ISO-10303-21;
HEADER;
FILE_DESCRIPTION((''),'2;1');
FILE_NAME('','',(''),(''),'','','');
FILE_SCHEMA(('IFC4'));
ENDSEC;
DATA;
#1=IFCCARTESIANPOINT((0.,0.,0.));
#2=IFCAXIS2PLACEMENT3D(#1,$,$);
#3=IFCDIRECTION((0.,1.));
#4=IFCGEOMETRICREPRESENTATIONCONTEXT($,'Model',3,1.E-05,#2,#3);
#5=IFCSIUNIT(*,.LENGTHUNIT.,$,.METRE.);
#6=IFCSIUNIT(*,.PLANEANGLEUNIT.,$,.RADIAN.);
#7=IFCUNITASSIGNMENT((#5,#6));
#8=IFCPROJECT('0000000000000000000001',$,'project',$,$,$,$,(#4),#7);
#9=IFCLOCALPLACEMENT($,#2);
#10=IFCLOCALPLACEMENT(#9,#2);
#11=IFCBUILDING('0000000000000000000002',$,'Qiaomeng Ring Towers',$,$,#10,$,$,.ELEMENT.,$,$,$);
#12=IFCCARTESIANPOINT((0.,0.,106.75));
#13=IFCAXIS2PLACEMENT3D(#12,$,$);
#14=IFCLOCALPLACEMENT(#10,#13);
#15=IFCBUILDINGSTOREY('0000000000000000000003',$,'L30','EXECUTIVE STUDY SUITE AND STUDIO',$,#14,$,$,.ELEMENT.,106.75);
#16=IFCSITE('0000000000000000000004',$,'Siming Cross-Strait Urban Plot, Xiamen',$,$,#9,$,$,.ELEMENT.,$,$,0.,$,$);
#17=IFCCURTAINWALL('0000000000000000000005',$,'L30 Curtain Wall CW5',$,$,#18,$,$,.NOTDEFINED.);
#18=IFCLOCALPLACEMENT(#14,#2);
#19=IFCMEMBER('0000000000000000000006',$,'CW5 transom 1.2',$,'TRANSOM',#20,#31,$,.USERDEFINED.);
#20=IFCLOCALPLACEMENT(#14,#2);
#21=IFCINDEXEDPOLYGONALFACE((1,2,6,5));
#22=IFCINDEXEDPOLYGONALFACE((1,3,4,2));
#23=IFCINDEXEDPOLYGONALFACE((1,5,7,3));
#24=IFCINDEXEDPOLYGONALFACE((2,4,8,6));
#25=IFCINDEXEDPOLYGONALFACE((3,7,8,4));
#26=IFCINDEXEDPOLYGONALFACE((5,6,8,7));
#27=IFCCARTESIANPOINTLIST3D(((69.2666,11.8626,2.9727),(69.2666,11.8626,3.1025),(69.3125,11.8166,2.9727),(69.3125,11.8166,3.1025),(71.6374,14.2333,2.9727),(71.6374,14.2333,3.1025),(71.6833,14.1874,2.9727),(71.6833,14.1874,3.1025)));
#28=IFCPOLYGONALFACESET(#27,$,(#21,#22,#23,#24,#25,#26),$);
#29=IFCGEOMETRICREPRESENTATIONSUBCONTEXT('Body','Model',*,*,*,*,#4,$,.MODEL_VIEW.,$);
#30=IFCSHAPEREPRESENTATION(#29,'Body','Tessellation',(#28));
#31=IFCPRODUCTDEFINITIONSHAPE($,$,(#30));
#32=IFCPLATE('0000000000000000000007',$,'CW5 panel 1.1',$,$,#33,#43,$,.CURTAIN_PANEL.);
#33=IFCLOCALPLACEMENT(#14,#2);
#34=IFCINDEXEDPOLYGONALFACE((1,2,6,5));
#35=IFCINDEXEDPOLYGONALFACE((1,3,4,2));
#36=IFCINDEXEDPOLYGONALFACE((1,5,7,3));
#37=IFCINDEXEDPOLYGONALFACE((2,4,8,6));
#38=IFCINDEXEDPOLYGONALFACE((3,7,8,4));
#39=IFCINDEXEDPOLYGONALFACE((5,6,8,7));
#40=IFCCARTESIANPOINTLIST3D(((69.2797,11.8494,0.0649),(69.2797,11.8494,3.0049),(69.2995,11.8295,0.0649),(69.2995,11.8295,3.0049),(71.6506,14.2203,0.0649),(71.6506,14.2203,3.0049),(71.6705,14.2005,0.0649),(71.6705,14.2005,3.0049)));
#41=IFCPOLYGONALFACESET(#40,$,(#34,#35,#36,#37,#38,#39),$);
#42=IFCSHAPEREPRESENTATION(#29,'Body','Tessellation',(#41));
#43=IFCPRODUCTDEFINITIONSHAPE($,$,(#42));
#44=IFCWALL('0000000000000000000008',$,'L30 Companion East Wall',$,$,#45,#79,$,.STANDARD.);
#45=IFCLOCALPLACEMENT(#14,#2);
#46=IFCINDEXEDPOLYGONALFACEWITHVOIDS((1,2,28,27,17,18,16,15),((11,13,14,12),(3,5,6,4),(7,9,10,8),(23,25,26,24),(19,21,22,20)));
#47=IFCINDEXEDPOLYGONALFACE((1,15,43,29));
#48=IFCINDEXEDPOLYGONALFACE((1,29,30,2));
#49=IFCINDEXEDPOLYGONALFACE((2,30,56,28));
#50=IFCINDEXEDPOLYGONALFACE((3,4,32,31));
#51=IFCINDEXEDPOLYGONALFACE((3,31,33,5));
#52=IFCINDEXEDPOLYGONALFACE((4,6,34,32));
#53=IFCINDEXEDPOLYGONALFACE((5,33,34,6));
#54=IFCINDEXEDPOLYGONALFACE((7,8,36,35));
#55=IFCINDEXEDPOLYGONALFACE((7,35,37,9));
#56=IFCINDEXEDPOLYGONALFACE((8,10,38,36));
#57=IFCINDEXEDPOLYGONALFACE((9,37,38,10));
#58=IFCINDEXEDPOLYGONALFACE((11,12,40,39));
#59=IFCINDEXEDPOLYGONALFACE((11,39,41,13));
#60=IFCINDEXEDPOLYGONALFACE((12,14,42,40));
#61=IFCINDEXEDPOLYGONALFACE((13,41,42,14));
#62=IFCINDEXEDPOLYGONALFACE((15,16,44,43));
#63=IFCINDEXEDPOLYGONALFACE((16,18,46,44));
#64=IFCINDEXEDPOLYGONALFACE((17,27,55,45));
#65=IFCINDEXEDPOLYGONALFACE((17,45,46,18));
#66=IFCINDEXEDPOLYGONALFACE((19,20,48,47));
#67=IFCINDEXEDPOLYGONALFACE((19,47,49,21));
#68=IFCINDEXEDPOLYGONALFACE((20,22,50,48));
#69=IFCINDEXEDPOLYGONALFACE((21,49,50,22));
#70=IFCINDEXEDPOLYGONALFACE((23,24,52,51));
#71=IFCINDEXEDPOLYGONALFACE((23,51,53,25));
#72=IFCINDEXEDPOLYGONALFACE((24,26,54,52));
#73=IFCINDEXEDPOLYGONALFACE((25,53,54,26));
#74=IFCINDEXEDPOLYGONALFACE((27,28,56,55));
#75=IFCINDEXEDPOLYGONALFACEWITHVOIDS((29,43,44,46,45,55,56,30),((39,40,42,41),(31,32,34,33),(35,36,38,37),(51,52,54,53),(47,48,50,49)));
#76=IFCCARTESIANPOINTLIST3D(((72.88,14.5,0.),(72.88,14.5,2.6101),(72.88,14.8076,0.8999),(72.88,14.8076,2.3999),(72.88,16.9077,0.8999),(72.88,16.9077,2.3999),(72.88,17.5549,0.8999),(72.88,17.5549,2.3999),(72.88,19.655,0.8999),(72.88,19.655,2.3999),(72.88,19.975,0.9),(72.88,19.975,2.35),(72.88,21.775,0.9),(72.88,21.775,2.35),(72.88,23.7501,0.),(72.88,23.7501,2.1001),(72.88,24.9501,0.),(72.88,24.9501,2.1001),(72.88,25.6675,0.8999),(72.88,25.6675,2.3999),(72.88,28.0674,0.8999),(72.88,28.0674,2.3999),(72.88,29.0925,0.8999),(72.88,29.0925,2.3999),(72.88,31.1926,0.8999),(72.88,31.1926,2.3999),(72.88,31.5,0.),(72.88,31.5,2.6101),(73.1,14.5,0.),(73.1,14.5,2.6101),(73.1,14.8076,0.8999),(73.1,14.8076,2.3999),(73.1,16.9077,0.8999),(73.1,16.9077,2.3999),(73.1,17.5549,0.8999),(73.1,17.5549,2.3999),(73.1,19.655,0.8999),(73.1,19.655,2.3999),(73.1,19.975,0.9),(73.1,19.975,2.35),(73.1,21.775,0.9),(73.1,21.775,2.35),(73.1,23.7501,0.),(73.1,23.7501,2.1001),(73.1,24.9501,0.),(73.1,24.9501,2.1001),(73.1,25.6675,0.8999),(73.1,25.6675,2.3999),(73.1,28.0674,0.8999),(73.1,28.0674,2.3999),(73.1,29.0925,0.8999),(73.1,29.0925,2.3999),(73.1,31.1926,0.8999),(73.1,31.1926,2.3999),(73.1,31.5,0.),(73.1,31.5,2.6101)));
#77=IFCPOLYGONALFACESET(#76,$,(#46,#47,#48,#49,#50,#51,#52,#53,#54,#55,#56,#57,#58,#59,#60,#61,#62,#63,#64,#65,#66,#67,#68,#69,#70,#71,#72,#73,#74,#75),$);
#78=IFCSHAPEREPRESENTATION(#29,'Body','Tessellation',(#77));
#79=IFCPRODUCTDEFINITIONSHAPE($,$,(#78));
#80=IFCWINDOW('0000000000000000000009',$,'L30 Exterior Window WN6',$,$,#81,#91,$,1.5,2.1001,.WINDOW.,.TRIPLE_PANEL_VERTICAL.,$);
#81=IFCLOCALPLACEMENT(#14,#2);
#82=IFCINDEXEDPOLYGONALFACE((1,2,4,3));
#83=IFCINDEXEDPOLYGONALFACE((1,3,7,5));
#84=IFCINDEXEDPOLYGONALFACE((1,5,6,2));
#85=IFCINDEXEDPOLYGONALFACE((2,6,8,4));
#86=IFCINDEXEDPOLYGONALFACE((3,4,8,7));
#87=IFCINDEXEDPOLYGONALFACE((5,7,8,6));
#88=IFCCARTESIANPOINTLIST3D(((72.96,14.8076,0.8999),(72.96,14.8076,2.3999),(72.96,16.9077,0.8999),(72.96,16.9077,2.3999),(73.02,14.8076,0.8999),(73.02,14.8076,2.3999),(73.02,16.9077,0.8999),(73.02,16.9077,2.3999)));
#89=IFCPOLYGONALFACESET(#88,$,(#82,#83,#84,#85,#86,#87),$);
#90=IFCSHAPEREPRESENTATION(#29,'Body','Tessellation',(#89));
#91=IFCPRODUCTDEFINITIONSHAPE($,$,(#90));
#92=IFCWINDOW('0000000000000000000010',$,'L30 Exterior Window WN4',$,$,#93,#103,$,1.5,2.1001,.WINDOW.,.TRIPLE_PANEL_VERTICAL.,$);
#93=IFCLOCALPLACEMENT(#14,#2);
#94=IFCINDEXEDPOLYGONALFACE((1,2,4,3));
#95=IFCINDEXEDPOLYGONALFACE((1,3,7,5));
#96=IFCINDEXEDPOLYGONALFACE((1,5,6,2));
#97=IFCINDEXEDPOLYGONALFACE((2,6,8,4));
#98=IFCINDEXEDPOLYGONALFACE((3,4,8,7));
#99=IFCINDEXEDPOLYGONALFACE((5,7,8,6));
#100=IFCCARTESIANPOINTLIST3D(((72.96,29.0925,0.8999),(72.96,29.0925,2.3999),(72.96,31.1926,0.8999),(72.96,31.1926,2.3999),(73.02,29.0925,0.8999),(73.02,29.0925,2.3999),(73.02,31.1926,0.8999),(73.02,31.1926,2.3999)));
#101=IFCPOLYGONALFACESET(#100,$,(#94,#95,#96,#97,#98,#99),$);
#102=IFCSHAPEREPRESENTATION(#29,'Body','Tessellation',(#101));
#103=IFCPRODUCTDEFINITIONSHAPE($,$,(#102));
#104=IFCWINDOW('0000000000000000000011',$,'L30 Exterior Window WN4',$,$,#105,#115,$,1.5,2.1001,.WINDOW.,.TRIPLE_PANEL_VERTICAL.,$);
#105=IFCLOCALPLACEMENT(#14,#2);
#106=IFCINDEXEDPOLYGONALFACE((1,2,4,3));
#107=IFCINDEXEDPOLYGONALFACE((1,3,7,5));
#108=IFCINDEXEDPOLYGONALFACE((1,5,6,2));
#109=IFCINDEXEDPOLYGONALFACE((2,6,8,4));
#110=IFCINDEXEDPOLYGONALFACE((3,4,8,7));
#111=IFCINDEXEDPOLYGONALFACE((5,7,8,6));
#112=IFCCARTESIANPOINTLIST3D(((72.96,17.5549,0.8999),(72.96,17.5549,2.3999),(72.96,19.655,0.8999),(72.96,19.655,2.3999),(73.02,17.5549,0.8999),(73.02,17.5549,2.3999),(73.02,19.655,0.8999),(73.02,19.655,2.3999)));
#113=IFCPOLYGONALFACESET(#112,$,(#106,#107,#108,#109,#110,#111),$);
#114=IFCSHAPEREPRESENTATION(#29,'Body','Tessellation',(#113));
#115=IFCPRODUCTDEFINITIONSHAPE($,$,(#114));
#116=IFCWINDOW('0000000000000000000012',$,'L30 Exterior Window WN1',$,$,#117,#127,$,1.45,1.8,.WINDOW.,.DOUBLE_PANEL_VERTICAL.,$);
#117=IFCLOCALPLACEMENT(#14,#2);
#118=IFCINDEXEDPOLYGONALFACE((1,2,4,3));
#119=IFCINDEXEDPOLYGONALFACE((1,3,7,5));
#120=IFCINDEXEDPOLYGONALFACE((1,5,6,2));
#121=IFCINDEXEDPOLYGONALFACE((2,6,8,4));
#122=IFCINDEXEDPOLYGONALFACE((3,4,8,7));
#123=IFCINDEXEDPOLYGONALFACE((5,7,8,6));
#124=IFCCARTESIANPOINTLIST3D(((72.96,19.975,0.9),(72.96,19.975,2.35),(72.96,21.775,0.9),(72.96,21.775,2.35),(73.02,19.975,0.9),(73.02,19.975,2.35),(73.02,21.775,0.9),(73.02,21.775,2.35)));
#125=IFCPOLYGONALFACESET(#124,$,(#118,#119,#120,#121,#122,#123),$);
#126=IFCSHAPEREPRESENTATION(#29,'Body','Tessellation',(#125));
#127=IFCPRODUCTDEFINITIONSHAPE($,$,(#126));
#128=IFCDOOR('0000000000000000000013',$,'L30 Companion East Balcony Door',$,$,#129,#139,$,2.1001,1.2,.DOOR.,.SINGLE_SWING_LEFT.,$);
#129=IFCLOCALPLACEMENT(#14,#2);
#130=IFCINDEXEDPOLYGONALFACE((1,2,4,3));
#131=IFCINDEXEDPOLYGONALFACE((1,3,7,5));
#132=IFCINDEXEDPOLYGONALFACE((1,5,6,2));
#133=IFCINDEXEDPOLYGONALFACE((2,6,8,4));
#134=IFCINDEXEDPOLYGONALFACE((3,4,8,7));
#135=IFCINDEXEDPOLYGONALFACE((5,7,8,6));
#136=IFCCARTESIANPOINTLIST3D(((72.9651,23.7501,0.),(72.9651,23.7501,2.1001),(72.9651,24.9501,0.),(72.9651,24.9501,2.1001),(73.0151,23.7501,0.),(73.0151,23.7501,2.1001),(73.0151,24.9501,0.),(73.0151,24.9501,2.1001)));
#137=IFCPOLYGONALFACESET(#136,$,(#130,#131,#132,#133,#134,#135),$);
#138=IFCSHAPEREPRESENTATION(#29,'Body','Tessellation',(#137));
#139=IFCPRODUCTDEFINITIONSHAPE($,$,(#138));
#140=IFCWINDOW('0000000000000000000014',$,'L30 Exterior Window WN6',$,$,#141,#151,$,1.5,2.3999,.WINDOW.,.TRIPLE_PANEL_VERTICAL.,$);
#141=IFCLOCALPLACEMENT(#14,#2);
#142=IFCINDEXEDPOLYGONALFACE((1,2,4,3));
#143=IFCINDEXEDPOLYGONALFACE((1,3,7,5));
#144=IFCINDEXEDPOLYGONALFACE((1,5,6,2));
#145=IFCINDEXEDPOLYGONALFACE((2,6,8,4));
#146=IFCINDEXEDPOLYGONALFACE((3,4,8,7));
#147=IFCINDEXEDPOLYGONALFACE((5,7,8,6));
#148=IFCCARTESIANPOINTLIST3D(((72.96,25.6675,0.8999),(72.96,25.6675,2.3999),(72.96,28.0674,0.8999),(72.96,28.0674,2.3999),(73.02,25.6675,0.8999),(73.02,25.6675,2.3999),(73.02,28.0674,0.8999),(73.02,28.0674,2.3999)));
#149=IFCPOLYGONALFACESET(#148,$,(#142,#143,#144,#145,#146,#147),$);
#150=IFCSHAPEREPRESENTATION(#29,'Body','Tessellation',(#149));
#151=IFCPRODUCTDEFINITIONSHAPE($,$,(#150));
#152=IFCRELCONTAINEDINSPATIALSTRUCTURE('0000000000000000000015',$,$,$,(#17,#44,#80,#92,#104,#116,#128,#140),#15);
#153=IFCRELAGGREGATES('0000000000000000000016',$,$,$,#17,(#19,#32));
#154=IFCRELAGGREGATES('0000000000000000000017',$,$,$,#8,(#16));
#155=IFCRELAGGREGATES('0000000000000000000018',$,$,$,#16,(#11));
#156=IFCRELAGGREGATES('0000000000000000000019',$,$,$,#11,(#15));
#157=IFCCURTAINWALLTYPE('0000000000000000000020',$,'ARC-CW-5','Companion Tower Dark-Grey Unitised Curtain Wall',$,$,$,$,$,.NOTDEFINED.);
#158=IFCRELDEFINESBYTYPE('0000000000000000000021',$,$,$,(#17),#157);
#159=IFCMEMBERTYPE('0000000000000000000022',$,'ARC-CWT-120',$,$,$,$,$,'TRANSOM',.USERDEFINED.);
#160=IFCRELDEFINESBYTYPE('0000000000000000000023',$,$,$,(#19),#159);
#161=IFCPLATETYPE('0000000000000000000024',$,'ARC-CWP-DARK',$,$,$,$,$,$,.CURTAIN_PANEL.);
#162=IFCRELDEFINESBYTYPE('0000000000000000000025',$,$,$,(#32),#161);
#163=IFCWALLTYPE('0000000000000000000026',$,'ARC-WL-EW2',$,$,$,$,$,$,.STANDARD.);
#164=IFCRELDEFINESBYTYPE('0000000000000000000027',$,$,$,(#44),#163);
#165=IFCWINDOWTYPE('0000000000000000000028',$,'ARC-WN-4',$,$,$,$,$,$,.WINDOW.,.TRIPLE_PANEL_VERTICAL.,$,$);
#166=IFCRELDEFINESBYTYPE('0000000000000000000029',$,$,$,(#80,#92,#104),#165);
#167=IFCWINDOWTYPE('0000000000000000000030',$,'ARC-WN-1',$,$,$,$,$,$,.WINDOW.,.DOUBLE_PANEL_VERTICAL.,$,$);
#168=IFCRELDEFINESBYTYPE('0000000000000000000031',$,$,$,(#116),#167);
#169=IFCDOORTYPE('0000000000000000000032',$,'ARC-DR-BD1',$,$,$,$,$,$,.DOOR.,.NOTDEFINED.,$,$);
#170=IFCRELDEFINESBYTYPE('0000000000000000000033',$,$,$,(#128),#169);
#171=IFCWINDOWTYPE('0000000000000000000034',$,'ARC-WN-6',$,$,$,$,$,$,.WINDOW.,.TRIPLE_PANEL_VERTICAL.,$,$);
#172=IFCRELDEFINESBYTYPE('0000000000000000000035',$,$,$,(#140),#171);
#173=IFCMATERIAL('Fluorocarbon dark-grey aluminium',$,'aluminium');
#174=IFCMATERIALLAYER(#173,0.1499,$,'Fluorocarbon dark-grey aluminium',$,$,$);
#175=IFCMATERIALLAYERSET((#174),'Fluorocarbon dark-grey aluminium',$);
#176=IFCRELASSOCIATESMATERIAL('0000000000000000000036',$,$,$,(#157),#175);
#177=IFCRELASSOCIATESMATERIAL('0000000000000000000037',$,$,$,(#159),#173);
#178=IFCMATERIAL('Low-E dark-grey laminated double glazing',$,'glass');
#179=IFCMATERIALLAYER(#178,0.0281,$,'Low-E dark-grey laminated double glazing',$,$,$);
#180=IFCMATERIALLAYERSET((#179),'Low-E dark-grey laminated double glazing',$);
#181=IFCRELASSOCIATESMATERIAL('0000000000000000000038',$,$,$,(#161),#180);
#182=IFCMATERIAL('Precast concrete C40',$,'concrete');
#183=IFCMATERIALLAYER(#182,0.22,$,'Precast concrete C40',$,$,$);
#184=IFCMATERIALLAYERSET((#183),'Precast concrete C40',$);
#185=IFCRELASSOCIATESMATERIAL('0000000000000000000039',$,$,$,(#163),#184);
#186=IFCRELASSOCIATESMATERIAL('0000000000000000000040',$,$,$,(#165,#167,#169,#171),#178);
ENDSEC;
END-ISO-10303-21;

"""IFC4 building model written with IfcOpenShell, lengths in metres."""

from ifc_helpers import new_model, si_unit, direction, frame, frame_2d, origin, origin_2d, place, context, subcontext, project, spatial, rectangle, extrude, source, transform, mapped, material, layer, layer_set, material_profile, profile_set, type_object, element, fill, aggregate, save


model = new_model("IFC4")

# Units and contexts
model_context = context("Model", 3, precision=1e-05, world=origin(), true_north=direction((0.0, 1.0)))
body_context = subcontext(model_context, "Body", "Model", "MODEL_VIEW")
ifc_project = project(units=[si_unit("LENGTHUNIT", "METRE"), si_unit("PLANEANGLEUNIT", "RADIAN")], contexts=[model_context])

# Site, building, storey
site_placement = place(None, origin())
site = spatial("IfcSite", under=ifc_project, at=site_placement, Name="Siming Cross-Strait Urban Plot, Xiamen", CompositionType="ELEMENT", RefElevation=0.0)
building_placement = place(site_placement, origin())
building = spatial("IfcBuilding", under=site, at=building_placement, Name="Qiaomeng Ring Towers", CompositionType="ELEMENT")
storey_placement = place(building_placement, frame((0.0, 0.0, 106.75)))
storey = spatial("IfcBuildingStorey", under=building, at=storey_placement, Name="L30", Description="EXECUTIVE STUDY SUITE AND STUDIO", CompositionType="ELEMENT", Elevation=106.75)

# Curtain wall
ifc_material_1 = material(Name="Fluorocarbon dark-grey aluminium", Category="aluminium")
ifc_layer_1 = layer(ifc_material_1, 0.1499, Name="Fluorocarbon dark-grey aluminium")
ifc_layer_set_1 = layer_set([ifc_layer_1], Name="Fluorocarbon dark-grey aluminium")
curtain_wall_type = type_object("IfcCurtainWallType", Name="ARC-CW-5", Description="Companion Tower Dark-Grey Unitised Curtain Wall", PredefinedType="NOTDEFINED", material=ifc_layer_set_1)
curtain_wall_1_placement = place(storey_placement, origin())
curtain_wall_1 = element("IfcCurtainWall", 1, at=curtain_wall_1_placement, inside=storey, type_object=curtain_wall_type, Name="L30 Curtain Wall CW5", PredefinedType="NOTDEFINED")

# Member
ifc_material_profile_1 = material_profile(ifc_material_1, rectangle(XDim=0.0649, YDim=0.1299, at=origin_2d()), Name="ALU TRAN 65x130")
ifc_profile_set_1 = profile_set([ifc_material_profile_1], Name="Fluorocarbon dark-grey aluminium")
member_type_1 = type_object("IfcMemberType", Name="ARC-CWT-120", ElementType="TRANSOM", PredefinedType="USERDEFINED", material=ifc_profile_set_1)
shared_shape_1 = source(origin(), body_context, "Body", "SweptSolid", [
    extrude(rectangle(XDim=0.0649, YDim=0.1299, at=origin_2d()), origin(), (0.0, 0.0, 1.0), 3.3528),
])
member_1_placement = place(storey_placement, frame((69.2896, 11.8396, 3.0376), z_axis=(0.707107, 0.707107, 0.0), x_axis=(-0.707107, 0.707107, 0.0)))
member_1 = element("IfcMember", 2, at=member_1_placement, type_object=member_type_1, Name="CW5 transom 1.2", ObjectType="TRANSOM", PredefinedType="USERDEFINED", context=body_context, shape_type="MappedRepresentation", body=[
    mapped(shared_shape_1, transform((0.0, 0.0, 0.0), x_axis=(1.0, 0.0, 0.0), y_axis=(0.0, 1.0, 0.0), z_axis=(0.0, 0.0, 1.0), scale=1.0)),
])

# Plate
ifc_material_2 = material(Name="Low-E dark-grey laminated double glazing", Category="glass")
ifc_layer_2 = layer(ifc_material_2, 0.0281, Name="Low-E dark-grey laminated double glazing")
ifc_layer_set_2 = layer_set([ifc_layer_2], Name="Low-E dark-grey laminated double glazing")
plate_type = type_object("IfcPlateType", Name="ARC-CWP-DARK", PredefinedType="CURTAIN_PANEL", material=ifc_layer_set_2)
shared_shape_2 = source(origin(), body_context, "Body", "SweptSolid", [
    extrude(rectangle(XDim=3.353, YDim=0.0281, at=origin_2d()), origin(), (0.0, 0.0, 1.0), 2.9399),
])
plate_placement = place(storey_placement, frame((70.4751, 13.0249, 0.0649), z_axis=(0.0, 0.0, 1.0), x_axis=(0.707107, 0.707107, 0.0)))
plate = element("IfcPlate", 3, at=plate_placement, type_object=plate_type, Name="CW5 panel 1.1", PredefinedType="CURTAIN_PANEL", context=body_context, shape_type="MappedRepresentation", body=[
    mapped(shared_shape_2, transform((0.0, 0.0, 0.0), x_axis=(1.0, 0.0, 0.0), y_axis=(0.0, 1.0, 0.0), z_axis=(0.0, 0.0, 1.0), scale=1.0)),
])
aggregate(curtain_wall_1, [member_1, plate])

# Wall, openings, windows, door
ifc_material_3 = material(Name="Precast concrete C40", Category="concrete")
ifc_layer_3 = layer(ifc_material_3, 0.22, Name="Precast concrete C40")
ifc_layer_set_3 = layer_set([ifc_layer_3], Name="Precast concrete C40")
wall_type_1 = type_object("IfcWallType", Name="ARC-WL-EW2", PredefinedType="STANDARD", material=ifc_layer_set_3)
wall_1_placement = place(storey_placement, frame((72.99, 14.5, 0.0), z_axis=(0.0, 0.0, 1.0), x_axis=(0.0, 1.0, 0.0)))
wall_1 = element("IfcWall", 4, at=wall_1_placement, inside=storey, type_object=wall_type_1, Name="L30 Companion East Wall", PredefinedType="STANDARD", context=body_context, shape_type="SweptSolid", body=[
    extrude(rectangle(XDim=17.0, YDim=0.22, at=frame_2d((8.5, 0.0))), origin(), (0.0, 0.0, 1.0), 2.6101),
])
opening_1_placement = place(wall_1_placement, frame((9.25, 0.0, 0.0)))
opening_1 = element("IfcOpeningElement", 5, at=opening_1_placement, cuts=wall_1, PredefinedType="OPENING", context=body_context, shape_type="SweptSolid", body=[
    extrude(rectangle(XDim=1.2, YDim=2.1001, at=frame_2d((0.6001, 1.05))), frame((0.0, 0.1199, 0.0), z_axis=(0.0, -1.0, 0.0), x_axis=(1.0, 0.0, 0.0)), (0.0, 0.0, 1.0), 0.24),
])
opening_2_placement = place(wall_1_placement, frame((0.3076, 0.0, 0.8999)))
opening_2 = element("IfcOpeningElement", 6, at=opening_2_placement, cuts=wall_1, PredefinedType="OPENING", context=body_context, shape_type="SweptSolid", body=[
    extrude(rectangle(XDim=2.1001, YDim=1.5, at=frame_2d((1.05, 0.75))), frame((0.0, 0.1199, 0.0), z_axis=(0.0, -1.0, 0.0), x_axis=(1.0, 0.0, 0.0)), (0.0, 0.0, 1.0), 0.24),
])
opening_3_placement = place(wall_1_placement, frame((5.4751, 0.0, 0.8999)))
opening_3 = element("IfcOpeningElement", 7, at=opening_3_placement, cuts=wall_1, PredefinedType="OPENING", context=body_context, shape_type="SweptSolid", body=[
    extrude(rectangle(XDim=1.8, YDim=1.45, at=frame_2d((0.8999, 0.7251))), frame((0.0, 0.1199, 0.0), z_axis=(0.0, -1.0, 0.0), x_axis=(1.0, 0.0, 0.0)), (0.0, 0.0, 1.0), 0.24),
])
opening_4_placement = place(wall_1_placement, frame((14.5925, 0.0, 0.8999)))
opening_4 = element("IfcOpeningElement", 8, at=opening_4_placement, cuts=wall_1, PredefinedType="OPENING", context=body_context, shape_type="SweptSolid", body=[
    extrude(rectangle(XDim=2.1001, YDim=1.5, at=frame_2d((1.05, 0.75))), frame((0.0, 0.1199, 0.0), z_axis=(0.0, -1.0, 0.0), x_axis=(1.0, 0.0, 0.0)), (0.0, 0.0, 1.0), 0.24),
])
opening_5_placement = place(wall_1_placement, frame((3.0549, 0.0, 0.8999)))
opening_5 = element("IfcOpeningElement", 9, at=opening_5_placement, cuts=wall_1, PredefinedType="OPENING", context=body_context, shape_type="SweptSolid", body=[
    extrude(rectangle(XDim=2.1001, YDim=1.5, at=frame_2d((1.05, 0.75))), frame((0.0, 0.1199, 0.0), z_axis=(0.0, -1.0, 0.0), x_axis=(1.0, 0.0, 0.0)), (0.0, 0.0, 1.0), 0.24),
])
opening_6_placement = place(wall_1_placement, frame((11.1675, 0.0, 0.8999)))
opening_6 = element("IfcOpeningElement", 10, at=opening_6_placement, cuts=wall_1, PredefinedType="OPENING", context=body_context, shape_type="SweptSolid", body=[
    extrude(rectangle(XDim=2.3999, YDim=1.5, at=frame_2d((1.2, 0.75))), frame((0.0, 0.1199, 0.0), z_axis=(0.0, -1.0, 0.0), x_axis=(1.0, 0.0, 0.0)), (0.0, 0.0, 1.0), 0.24),
])
window_type_1 = type_object("IfcWindowType", Name="ARC-WN-4", PartitioningType="TRIPLE_PANEL_VERTICAL", PredefinedType="WINDOW", material=ifc_material_2)
shared_shape_3 = source(origin(), body_context, "Body", "SweptSolid", [
    extrude(rectangle(XDim=2.1001, YDim=1.5, at=frame_2d((1.05, 0.75))), frame((0.0, 0.03, 0.0), z_axis=(0.0, -1.0, 0.0), x_axis=(1.0, 0.0, 0.0)), (0.0, 0.0, 1.0), 0.0601),
])
window_1_placement = place(opening_2_placement, origin())
window_1 = element("IfcWindow", 11, at=window_1_placement, inside=storey, type_object=window_type_1, Name="L30 Exterior Window WN6", OverallHeight=1.5, OverallWidth=2.1001, PartitioningType="TRIPLE_PANEL_VERTICAL", PredefinedType="WINDOW", context=body_context, shape_type="MappedRepresentation", body=[
    mapped(shared_shape_3, transform((0.0, 0.0, 0.0), x_axis=(1.0, 0.0, 0.0), y_axis=(0.0, 1.0, 0.0), z_axis=(0.0, 0.0, 1.0), scale=1.0)),
])
fill(opening_2, window_1)
window_2_placement = place(opening_4_placement, origin())
window_2 = element("IfcWindow", 12, at=window_2_placement, inside=storey, type_object=window_type_1, Name="L30 Exterior Window WN4", OverallHeight=1.5, OverallWidth=2.1001, PartitioningType="TRIPLE_PANEL_VERTICAL", PredefinedType="WINDOW", context=body_context, shape_type="MappedRepresentation", body=[
    mapped(shared_shape_3, transform((0.0, 0.0, 0.0), x_axis=(1.0, 0.0, 0.0), y_axis=(0.0, 1.0, 0.0), z_axis=(0.0, 0.0, 1.0), scale=1.0)),
])
fill(opening_4, window_2)
window_3_placement = place(opening_5_placement, origin())
window_3 = element("IfcWindow", 13, at=window_3_placement, inside=storey, type_object=window_type_1, Name="L30 Exterior Window WN4", OverallHeight=1.5, OverallWidth=2.1001, PartitioningType="TRIPLE_PANEL_VERTICAL", PredefinedType="WINDOW", context=body_context, shape_type="MappedRepresentation", body=[
    mapped(shared_shape_3, transform((0.0, 0.0, 0.0), x_axis=(1.0, 0.0, 0.0), y_axis=(0.0, 1.0, 0.0), z_axis=(0.0, 0.0, 1.0), scale=1.0)),
])
fill(opening_5, window_3)
window_type_2 = type_object("IfcWindowType", Name="ARC-WN-1", PartitioningType="DOUBLE_PANEL_VERTICAL", PredefinedType="WINDOW", material=ifc_material_2)
shared_shape_4 = source(origin(), body_context, "Body", "SweptSolid", [
    extrude(rectangle(XDim=1.8, YDim=1.45, at=frame_2d((0.8999, 0.7251))), frame((0.0, 0.03, 0.0), z_axis=(0.0, -1.0, 0.0), x_axis=(1.0, 0.0, 0.0)), (0.0, 0.0, 1.0), 0.0601),
])
window_4_placement = place(opening_3_placement, origin())
window_4 = element("IfcWindow", 14, at=window_4_placement, inside=storey, type_object=window_type_2, Name="L30 Exterior Window WN1", OverallHeight=1.45, OverallWidth=1.8, PartitioningType="DOUBLE_PANEL_VERTICAL", PredefinedType="WINDOW", context=body_context, shape_type="MappedRepresentation", body=[
    mapped(shared_shape_4, transform((0.0, 0.0, 0.0), x_axis=(1.0, 0.0, 0.0), y_axis=(0.0, 1.0, 0.0), z_axis=(0.0, 0.0, 1.0), scale=1.0)),
])
fill(opening_3, window_4)
door_type_1 = type_object("IfcDoorType", Name="ARC-DR-BD1", OperationType="NOTDEFINED", PredefinedType="DOOR", material=ifc_material_2)
shared_shape_5 = source(origin(), body_context, "Body", "SweptSolid", [
    extrude(rectangle(XDim=1.2, YDim=2.1001, at=frame_2d((0.6001, 1.05))), frame((0.0, 0.0249, 0.0), z_axis=(0.0, -1.0, 0.0), x_axis=(1.0, 0.0, 0.0)), (0.0, 0.0, 1.0), 0.05),
])
door_1_placement = place(opening_1_placement, origin())
door_1 = element("IfcDoor", 15, at=door_1_placement, inside=storey, type_object=door_type_1, Name="L30 Companion East Balcony Door", OperationType="SINGLE_SWING_LEFT", OverallHeight=2.1001, OverallWidth=1.2, PredefinedType="DOOR", context=body_context, shape_type="MappedRepresentation", body=[
    mapped(shared_shape_5, transform((0.0, 0.0, 0.0), x_axis=(1.0, 0.0, 0.0), y_axis=(0.0, 1.0, 0.0), z_axis=(0.0, 0.0, 1.0), scale=1.0)),
])
fill(opening_1, door_1)
window_type_3 = type_object("IfcWindowType", Name="ARC-WN-6", PartitioningType="TRIPLE_PANEL_VERTICAL", PredefinedType="WINDOW", material=ifc_material_2)
shared_shape_6 = source(origin(), body_context, "Body", "SweptSolid", [
    extrude(rectangle(XDim=2.3999, YDim=1.5, at=frame_2d((1.2, 0.75))), frame((0.0, 0.03, 0.0), z_axis=(0.0, -1.0, 0.0), x_axis=(1.0, 0.0, 0.0)), (0.0, 0.0, 1.0), 0.0601),
])
window_5_placement = place(opening_6_placement, origin())
window_5 = element("IfcWindow", 16, at=window_5_placement, inside=storey, type_object=window_type_3, Name="L30 Exterior Window WN6", OverallHeight=1.5, OverallWidth=2.3999, PartitioningType="TRIPLE_PANEL_VERTICAL", PredefinedType="WINDOW", context=body_context, shape_type="MappedRepresentation", body=[
    mapped(shared_shape_6, transform((0.0, 0.0, 0.0), x_axis=(1.0, 0.0, 0.0), y_axis=(0.0, 1.0, 0.0), z_axis=(0.0, 0.0, 1.0), scale=1.0)),
])
fill(opening_6, window_5)

save(model, "model.ifc")
